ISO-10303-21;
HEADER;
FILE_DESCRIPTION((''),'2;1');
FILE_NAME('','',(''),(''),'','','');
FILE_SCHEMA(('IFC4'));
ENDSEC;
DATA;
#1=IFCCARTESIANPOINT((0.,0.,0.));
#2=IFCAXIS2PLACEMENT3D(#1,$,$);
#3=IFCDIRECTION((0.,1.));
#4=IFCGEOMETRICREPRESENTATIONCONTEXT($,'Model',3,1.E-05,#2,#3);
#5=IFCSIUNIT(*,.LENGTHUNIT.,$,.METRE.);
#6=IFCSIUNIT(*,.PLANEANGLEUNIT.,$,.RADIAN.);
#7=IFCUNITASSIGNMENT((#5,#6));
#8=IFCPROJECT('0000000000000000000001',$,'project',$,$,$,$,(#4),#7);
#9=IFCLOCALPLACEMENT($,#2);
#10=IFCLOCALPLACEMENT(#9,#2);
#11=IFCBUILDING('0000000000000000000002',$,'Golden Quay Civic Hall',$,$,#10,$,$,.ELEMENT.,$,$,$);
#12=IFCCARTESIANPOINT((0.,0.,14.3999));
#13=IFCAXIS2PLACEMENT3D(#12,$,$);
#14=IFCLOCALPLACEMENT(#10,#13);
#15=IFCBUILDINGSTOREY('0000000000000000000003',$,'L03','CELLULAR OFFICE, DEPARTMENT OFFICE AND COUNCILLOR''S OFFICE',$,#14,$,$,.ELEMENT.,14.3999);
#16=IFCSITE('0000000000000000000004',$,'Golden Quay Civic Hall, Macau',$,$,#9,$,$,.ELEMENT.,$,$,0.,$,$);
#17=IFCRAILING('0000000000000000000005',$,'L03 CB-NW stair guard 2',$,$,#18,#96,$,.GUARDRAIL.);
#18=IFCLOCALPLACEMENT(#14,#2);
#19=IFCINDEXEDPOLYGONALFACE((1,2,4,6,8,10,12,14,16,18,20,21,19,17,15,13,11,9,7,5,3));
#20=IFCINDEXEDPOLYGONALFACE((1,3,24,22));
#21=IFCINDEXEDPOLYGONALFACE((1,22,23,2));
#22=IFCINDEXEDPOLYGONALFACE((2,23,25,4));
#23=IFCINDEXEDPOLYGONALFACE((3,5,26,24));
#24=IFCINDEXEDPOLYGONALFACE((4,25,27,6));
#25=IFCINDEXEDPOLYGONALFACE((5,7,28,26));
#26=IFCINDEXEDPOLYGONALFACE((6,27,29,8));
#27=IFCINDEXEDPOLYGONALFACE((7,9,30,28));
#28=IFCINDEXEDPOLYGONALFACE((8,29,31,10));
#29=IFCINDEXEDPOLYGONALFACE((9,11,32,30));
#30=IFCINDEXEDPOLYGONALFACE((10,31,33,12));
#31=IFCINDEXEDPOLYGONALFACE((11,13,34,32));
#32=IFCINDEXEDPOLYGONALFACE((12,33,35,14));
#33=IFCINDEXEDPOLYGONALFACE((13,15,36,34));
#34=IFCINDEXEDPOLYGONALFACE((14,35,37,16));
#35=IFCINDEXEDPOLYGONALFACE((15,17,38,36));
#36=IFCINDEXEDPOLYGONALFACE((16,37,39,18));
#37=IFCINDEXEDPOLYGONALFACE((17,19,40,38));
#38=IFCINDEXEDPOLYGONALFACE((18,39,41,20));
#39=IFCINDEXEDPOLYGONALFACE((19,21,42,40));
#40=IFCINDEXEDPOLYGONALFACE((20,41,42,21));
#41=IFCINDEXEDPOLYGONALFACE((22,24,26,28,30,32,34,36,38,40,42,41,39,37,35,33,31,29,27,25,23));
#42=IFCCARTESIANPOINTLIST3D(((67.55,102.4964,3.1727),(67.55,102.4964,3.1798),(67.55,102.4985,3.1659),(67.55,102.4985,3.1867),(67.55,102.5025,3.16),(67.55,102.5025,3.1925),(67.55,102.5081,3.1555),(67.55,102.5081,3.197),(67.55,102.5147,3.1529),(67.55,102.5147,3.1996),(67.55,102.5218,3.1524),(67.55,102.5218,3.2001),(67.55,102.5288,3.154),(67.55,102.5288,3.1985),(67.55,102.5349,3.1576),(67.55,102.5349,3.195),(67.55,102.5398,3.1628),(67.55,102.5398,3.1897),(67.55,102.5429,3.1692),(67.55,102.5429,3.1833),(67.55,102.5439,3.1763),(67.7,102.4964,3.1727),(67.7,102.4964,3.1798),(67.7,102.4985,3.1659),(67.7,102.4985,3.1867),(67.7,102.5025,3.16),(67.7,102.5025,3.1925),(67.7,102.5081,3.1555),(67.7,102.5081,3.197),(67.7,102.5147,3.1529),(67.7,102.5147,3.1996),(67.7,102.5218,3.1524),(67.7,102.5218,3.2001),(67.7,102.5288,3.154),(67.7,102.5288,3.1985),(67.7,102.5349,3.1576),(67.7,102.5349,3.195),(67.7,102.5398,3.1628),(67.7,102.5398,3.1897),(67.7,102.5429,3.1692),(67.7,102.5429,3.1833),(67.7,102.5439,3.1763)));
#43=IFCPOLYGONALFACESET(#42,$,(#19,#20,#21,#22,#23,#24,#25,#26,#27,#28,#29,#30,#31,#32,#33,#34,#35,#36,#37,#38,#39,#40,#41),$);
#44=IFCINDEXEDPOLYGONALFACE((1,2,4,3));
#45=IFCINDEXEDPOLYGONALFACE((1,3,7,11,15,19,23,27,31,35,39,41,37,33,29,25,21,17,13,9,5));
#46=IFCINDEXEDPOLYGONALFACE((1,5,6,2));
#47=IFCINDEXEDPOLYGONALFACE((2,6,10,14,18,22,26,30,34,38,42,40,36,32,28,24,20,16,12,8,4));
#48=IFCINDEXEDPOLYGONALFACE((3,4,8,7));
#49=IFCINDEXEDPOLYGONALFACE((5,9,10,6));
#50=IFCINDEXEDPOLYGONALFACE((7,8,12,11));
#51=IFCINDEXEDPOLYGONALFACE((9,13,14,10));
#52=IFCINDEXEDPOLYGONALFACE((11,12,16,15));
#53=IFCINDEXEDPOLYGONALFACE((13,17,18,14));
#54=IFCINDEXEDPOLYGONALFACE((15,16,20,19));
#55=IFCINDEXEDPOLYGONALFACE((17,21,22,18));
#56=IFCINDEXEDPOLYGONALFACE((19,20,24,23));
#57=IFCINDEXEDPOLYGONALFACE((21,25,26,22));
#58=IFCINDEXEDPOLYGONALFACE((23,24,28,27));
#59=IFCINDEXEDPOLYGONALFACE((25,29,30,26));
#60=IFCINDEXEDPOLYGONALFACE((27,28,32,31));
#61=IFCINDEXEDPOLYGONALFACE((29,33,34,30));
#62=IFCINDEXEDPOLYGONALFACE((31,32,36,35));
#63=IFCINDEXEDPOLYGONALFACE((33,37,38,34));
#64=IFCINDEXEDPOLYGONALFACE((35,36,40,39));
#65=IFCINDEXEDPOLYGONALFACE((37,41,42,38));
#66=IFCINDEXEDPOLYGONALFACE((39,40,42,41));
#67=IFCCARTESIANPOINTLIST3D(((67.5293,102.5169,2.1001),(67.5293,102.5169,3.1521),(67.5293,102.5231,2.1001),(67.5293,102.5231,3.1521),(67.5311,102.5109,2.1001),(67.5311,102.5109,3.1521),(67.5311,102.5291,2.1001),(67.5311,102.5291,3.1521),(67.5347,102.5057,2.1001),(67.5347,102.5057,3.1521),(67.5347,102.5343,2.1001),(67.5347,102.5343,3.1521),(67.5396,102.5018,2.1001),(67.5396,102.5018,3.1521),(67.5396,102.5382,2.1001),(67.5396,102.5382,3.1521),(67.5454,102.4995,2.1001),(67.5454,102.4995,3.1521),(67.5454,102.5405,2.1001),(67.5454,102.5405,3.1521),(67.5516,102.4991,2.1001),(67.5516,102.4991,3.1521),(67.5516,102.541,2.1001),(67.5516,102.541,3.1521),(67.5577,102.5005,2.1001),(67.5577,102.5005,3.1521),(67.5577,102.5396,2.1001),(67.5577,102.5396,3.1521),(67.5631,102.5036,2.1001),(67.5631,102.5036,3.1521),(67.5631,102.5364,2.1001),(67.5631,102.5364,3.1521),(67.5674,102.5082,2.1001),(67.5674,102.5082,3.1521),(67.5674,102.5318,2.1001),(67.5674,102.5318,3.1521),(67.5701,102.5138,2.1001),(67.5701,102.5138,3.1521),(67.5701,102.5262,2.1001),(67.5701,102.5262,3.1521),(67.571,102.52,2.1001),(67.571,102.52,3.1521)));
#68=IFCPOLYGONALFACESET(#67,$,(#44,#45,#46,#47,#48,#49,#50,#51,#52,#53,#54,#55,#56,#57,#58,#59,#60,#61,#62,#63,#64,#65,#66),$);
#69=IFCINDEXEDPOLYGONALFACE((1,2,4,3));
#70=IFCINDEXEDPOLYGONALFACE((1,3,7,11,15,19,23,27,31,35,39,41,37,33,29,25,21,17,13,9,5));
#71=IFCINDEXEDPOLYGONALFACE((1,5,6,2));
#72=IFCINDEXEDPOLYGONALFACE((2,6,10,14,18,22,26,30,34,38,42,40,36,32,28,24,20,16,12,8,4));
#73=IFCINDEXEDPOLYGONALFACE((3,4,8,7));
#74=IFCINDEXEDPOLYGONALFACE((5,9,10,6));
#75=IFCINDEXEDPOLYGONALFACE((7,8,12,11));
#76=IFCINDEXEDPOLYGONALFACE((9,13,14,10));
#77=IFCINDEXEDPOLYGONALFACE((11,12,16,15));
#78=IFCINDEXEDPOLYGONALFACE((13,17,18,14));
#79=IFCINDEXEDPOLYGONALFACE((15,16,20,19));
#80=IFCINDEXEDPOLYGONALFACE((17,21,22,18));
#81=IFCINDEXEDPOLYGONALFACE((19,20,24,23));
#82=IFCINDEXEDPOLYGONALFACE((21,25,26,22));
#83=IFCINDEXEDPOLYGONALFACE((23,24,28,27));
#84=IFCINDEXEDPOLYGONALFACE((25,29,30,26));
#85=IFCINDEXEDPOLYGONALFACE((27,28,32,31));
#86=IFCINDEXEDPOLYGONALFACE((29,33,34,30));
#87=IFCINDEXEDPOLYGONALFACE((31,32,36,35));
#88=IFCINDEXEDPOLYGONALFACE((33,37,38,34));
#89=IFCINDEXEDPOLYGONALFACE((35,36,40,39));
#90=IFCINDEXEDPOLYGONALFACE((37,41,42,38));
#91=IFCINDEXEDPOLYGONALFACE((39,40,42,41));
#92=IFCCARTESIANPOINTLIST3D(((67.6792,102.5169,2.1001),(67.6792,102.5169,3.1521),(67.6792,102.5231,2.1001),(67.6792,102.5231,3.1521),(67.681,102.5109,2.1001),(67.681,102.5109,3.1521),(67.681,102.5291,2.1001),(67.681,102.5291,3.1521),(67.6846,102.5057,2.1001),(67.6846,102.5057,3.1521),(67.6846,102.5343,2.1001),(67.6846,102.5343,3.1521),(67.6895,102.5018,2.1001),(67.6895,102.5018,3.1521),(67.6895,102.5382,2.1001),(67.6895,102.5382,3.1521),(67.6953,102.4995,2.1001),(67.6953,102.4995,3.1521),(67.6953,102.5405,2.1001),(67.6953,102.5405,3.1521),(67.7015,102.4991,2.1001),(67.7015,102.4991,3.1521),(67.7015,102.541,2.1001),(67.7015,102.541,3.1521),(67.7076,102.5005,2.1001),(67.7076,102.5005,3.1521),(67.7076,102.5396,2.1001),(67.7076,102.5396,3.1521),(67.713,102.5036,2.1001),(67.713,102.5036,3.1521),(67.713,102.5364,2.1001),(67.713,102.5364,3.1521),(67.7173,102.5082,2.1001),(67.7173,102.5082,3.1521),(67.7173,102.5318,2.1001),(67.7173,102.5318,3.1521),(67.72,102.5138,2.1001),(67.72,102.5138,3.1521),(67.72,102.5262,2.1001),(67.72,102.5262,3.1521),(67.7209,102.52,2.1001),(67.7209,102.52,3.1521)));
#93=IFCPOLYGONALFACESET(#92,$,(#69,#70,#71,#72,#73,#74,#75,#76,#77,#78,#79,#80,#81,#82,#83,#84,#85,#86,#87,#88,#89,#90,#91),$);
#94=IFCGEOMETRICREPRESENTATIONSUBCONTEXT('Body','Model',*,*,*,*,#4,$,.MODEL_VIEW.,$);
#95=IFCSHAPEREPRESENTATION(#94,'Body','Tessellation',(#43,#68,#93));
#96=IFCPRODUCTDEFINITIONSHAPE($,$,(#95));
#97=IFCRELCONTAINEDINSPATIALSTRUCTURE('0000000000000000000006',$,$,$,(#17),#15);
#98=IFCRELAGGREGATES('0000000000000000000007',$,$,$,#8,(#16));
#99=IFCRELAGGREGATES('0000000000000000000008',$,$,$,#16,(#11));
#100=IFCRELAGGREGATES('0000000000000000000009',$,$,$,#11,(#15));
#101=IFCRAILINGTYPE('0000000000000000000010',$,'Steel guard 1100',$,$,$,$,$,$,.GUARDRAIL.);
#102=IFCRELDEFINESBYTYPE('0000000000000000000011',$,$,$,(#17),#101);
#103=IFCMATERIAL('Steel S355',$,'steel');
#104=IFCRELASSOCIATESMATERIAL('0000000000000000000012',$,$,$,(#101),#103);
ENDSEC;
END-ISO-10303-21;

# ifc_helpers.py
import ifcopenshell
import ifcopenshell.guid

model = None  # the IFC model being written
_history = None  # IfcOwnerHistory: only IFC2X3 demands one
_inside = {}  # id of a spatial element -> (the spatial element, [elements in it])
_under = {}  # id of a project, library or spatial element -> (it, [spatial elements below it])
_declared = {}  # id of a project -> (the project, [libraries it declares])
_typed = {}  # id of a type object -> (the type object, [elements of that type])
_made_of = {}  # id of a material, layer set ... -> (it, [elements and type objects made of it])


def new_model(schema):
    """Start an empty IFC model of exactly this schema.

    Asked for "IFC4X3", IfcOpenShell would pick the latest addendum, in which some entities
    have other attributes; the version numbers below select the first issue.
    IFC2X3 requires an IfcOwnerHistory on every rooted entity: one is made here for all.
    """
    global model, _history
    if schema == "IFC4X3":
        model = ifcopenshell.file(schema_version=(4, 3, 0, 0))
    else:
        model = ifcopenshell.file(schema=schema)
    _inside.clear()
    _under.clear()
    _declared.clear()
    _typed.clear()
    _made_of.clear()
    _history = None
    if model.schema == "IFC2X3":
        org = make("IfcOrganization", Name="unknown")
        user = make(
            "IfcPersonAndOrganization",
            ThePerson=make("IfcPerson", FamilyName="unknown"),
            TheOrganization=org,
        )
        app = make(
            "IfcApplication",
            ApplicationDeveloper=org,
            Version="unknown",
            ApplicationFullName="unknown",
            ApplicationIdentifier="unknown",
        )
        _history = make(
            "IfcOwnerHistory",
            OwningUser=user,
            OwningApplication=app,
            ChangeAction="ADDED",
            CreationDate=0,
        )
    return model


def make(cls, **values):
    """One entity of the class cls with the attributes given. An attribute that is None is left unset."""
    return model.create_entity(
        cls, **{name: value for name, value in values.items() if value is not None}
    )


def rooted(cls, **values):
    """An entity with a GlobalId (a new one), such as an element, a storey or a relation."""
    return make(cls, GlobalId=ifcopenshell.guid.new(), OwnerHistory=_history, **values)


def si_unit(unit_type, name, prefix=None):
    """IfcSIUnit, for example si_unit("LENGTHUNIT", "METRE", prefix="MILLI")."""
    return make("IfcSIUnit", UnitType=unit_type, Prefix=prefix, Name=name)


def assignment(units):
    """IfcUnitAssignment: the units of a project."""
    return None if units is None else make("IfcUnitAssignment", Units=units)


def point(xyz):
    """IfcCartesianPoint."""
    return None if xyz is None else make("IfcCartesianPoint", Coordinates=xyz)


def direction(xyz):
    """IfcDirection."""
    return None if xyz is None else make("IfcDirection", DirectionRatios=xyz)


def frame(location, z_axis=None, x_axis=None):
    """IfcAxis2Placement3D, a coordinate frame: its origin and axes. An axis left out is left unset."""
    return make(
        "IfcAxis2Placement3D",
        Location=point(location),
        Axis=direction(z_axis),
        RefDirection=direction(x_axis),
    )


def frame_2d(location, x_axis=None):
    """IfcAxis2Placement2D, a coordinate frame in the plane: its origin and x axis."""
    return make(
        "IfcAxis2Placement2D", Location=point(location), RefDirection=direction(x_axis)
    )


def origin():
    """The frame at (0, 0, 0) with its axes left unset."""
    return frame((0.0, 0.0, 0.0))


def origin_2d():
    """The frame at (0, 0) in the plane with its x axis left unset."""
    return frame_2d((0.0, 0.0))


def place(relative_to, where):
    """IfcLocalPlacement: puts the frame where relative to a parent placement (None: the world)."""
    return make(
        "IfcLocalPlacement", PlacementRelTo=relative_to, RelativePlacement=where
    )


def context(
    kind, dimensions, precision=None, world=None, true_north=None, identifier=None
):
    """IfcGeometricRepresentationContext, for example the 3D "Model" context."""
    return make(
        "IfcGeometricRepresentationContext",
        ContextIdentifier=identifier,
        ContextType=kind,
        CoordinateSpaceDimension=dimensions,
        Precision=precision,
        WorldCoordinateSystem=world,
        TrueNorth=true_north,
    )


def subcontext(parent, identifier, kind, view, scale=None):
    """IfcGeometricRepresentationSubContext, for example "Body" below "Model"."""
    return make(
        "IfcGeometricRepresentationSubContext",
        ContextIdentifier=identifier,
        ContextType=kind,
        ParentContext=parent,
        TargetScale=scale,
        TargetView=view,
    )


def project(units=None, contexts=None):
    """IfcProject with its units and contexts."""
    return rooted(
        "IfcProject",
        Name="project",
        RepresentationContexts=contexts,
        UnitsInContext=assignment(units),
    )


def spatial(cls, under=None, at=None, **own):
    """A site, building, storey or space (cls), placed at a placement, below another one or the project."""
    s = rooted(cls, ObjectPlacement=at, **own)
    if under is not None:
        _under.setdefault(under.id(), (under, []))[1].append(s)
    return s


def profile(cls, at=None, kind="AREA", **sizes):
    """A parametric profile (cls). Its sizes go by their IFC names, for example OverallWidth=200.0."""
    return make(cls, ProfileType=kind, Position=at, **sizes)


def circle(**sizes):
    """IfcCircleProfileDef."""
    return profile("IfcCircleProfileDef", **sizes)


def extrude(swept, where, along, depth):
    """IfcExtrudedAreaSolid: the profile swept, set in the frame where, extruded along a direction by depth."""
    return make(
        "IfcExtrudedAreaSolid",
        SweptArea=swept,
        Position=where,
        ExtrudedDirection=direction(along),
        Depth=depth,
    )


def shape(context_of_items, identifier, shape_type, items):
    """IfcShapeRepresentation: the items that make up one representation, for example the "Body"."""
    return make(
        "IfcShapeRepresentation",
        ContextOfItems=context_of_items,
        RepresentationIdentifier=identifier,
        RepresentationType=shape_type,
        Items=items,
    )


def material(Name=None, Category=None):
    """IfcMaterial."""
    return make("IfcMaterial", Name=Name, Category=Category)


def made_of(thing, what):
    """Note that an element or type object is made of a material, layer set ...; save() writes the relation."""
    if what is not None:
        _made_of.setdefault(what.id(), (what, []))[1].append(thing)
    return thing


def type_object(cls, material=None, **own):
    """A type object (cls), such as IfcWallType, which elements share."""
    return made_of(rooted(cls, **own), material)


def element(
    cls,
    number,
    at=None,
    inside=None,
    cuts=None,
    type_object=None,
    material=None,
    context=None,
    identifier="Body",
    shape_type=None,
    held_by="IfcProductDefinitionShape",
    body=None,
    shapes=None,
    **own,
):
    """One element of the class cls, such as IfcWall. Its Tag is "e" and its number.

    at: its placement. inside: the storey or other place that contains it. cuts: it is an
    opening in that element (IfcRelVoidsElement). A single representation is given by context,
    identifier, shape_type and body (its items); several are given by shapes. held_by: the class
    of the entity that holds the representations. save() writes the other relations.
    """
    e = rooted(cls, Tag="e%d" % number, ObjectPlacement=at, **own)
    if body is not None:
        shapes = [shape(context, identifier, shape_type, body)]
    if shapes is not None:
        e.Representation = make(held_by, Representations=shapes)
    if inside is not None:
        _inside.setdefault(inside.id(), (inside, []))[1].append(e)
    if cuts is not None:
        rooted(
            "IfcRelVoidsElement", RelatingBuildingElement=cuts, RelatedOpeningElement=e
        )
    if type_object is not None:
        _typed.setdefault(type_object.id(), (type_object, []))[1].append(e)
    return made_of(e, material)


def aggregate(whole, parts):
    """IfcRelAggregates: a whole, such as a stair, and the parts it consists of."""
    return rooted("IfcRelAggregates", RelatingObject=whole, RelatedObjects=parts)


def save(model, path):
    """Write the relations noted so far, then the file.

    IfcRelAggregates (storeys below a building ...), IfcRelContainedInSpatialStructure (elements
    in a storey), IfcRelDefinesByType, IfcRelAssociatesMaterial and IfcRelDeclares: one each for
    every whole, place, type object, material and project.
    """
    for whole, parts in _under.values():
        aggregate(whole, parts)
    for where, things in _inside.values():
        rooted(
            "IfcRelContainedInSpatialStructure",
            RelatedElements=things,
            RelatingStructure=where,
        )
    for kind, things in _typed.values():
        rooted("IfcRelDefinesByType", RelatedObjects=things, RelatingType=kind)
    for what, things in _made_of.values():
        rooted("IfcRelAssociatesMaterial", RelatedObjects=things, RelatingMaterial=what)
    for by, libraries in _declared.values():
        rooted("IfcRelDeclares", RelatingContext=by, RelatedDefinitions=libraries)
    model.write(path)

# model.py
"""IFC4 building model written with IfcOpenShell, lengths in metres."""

from ifc_helpers import new_model, si_unit, direction, frame, origin, origin_2d, place, context, subcontext, project, spatial, circle, extrude, material, type_object, element, save


model = new_model("IFC4")

# Units and contexts
model_context = context("Model", 3, precision=1e-05, world=origin(), true_north=direction((0.0, 1.0)))
body_context = subcontext(model_context, "Body", "Model", "MODEL_VIEW")
ifc_project = project(units=[si_unit("LENGTHUNIT", "METRE"), si_unit("PLANEANGLEUNIT", "RADIAN")], contexts=[model_context])

# Site, building, storey
site_placement = place(None, origin())
site = spatial("IfcSite", under=ifc_project, at=site_placement, Name="Golden Quay Civic Hall, Macau", CompositionType="ELEMENT", RefElevation=0.0)
building_placement = place(site_placement, origin())
building = spatial("IfcBuilding", under=site, at=building_placement, Name="Golden Quay Civic Hall", CompositionType="ELEMENT")
storey_placement = place(building_placement, frame((0.0, 0.0, 14.3999)))
storey = spatial("IfcBuildingStorey", under=building, at=storey_placement, Name="L03", Description="CELLULAR OFFICE, DEPARTMENT OFFICE AND COUNCILLOR'S OFFICE", CompositionType="ELEMENT", Elevation=14.3999)

# Railing
ifc_material_1 = material(Name="Steel S355", Category="steel")
railing_type_1 = type_object("IfcRailingType", Name="Steel guard 1100", PredefinedType="GUARDRAIL", material=ifc_material_1)
railing_1_placement = place(storey_placement, frame((67.55, 102.52, 2.1001)))
element("IfcRailing", 1, at=railing_1_placement, inside=storey, type_object=railing_type_1, Name="L03 CB-NW stair guard 2", PredefinedType="GUARDRAIL", context=body_context, shape_type="SweptSolid", body=[
    extrude(circle(Radius=0.0239, at=origin_2d()), frame((0.0, 0.0, 1.0762), z_axis=(1.0, 0.0, 0.0), x_axis=(0.0, 1.0, 0.0)), (0.0, 0.0, 1.0), 0.1499),
    extrude(circle(Radius=0.021, at=origin_2d()), origin(), (0.0, 0.0, 1.0), 1.052),
    extrude(circle(Radius=0.021, at=origin_2d()), frame((0.1499, 0.0, 0.0)), (0.0, 0.0, 1.0), 1.052),
])

save(model, "model.ifc")
